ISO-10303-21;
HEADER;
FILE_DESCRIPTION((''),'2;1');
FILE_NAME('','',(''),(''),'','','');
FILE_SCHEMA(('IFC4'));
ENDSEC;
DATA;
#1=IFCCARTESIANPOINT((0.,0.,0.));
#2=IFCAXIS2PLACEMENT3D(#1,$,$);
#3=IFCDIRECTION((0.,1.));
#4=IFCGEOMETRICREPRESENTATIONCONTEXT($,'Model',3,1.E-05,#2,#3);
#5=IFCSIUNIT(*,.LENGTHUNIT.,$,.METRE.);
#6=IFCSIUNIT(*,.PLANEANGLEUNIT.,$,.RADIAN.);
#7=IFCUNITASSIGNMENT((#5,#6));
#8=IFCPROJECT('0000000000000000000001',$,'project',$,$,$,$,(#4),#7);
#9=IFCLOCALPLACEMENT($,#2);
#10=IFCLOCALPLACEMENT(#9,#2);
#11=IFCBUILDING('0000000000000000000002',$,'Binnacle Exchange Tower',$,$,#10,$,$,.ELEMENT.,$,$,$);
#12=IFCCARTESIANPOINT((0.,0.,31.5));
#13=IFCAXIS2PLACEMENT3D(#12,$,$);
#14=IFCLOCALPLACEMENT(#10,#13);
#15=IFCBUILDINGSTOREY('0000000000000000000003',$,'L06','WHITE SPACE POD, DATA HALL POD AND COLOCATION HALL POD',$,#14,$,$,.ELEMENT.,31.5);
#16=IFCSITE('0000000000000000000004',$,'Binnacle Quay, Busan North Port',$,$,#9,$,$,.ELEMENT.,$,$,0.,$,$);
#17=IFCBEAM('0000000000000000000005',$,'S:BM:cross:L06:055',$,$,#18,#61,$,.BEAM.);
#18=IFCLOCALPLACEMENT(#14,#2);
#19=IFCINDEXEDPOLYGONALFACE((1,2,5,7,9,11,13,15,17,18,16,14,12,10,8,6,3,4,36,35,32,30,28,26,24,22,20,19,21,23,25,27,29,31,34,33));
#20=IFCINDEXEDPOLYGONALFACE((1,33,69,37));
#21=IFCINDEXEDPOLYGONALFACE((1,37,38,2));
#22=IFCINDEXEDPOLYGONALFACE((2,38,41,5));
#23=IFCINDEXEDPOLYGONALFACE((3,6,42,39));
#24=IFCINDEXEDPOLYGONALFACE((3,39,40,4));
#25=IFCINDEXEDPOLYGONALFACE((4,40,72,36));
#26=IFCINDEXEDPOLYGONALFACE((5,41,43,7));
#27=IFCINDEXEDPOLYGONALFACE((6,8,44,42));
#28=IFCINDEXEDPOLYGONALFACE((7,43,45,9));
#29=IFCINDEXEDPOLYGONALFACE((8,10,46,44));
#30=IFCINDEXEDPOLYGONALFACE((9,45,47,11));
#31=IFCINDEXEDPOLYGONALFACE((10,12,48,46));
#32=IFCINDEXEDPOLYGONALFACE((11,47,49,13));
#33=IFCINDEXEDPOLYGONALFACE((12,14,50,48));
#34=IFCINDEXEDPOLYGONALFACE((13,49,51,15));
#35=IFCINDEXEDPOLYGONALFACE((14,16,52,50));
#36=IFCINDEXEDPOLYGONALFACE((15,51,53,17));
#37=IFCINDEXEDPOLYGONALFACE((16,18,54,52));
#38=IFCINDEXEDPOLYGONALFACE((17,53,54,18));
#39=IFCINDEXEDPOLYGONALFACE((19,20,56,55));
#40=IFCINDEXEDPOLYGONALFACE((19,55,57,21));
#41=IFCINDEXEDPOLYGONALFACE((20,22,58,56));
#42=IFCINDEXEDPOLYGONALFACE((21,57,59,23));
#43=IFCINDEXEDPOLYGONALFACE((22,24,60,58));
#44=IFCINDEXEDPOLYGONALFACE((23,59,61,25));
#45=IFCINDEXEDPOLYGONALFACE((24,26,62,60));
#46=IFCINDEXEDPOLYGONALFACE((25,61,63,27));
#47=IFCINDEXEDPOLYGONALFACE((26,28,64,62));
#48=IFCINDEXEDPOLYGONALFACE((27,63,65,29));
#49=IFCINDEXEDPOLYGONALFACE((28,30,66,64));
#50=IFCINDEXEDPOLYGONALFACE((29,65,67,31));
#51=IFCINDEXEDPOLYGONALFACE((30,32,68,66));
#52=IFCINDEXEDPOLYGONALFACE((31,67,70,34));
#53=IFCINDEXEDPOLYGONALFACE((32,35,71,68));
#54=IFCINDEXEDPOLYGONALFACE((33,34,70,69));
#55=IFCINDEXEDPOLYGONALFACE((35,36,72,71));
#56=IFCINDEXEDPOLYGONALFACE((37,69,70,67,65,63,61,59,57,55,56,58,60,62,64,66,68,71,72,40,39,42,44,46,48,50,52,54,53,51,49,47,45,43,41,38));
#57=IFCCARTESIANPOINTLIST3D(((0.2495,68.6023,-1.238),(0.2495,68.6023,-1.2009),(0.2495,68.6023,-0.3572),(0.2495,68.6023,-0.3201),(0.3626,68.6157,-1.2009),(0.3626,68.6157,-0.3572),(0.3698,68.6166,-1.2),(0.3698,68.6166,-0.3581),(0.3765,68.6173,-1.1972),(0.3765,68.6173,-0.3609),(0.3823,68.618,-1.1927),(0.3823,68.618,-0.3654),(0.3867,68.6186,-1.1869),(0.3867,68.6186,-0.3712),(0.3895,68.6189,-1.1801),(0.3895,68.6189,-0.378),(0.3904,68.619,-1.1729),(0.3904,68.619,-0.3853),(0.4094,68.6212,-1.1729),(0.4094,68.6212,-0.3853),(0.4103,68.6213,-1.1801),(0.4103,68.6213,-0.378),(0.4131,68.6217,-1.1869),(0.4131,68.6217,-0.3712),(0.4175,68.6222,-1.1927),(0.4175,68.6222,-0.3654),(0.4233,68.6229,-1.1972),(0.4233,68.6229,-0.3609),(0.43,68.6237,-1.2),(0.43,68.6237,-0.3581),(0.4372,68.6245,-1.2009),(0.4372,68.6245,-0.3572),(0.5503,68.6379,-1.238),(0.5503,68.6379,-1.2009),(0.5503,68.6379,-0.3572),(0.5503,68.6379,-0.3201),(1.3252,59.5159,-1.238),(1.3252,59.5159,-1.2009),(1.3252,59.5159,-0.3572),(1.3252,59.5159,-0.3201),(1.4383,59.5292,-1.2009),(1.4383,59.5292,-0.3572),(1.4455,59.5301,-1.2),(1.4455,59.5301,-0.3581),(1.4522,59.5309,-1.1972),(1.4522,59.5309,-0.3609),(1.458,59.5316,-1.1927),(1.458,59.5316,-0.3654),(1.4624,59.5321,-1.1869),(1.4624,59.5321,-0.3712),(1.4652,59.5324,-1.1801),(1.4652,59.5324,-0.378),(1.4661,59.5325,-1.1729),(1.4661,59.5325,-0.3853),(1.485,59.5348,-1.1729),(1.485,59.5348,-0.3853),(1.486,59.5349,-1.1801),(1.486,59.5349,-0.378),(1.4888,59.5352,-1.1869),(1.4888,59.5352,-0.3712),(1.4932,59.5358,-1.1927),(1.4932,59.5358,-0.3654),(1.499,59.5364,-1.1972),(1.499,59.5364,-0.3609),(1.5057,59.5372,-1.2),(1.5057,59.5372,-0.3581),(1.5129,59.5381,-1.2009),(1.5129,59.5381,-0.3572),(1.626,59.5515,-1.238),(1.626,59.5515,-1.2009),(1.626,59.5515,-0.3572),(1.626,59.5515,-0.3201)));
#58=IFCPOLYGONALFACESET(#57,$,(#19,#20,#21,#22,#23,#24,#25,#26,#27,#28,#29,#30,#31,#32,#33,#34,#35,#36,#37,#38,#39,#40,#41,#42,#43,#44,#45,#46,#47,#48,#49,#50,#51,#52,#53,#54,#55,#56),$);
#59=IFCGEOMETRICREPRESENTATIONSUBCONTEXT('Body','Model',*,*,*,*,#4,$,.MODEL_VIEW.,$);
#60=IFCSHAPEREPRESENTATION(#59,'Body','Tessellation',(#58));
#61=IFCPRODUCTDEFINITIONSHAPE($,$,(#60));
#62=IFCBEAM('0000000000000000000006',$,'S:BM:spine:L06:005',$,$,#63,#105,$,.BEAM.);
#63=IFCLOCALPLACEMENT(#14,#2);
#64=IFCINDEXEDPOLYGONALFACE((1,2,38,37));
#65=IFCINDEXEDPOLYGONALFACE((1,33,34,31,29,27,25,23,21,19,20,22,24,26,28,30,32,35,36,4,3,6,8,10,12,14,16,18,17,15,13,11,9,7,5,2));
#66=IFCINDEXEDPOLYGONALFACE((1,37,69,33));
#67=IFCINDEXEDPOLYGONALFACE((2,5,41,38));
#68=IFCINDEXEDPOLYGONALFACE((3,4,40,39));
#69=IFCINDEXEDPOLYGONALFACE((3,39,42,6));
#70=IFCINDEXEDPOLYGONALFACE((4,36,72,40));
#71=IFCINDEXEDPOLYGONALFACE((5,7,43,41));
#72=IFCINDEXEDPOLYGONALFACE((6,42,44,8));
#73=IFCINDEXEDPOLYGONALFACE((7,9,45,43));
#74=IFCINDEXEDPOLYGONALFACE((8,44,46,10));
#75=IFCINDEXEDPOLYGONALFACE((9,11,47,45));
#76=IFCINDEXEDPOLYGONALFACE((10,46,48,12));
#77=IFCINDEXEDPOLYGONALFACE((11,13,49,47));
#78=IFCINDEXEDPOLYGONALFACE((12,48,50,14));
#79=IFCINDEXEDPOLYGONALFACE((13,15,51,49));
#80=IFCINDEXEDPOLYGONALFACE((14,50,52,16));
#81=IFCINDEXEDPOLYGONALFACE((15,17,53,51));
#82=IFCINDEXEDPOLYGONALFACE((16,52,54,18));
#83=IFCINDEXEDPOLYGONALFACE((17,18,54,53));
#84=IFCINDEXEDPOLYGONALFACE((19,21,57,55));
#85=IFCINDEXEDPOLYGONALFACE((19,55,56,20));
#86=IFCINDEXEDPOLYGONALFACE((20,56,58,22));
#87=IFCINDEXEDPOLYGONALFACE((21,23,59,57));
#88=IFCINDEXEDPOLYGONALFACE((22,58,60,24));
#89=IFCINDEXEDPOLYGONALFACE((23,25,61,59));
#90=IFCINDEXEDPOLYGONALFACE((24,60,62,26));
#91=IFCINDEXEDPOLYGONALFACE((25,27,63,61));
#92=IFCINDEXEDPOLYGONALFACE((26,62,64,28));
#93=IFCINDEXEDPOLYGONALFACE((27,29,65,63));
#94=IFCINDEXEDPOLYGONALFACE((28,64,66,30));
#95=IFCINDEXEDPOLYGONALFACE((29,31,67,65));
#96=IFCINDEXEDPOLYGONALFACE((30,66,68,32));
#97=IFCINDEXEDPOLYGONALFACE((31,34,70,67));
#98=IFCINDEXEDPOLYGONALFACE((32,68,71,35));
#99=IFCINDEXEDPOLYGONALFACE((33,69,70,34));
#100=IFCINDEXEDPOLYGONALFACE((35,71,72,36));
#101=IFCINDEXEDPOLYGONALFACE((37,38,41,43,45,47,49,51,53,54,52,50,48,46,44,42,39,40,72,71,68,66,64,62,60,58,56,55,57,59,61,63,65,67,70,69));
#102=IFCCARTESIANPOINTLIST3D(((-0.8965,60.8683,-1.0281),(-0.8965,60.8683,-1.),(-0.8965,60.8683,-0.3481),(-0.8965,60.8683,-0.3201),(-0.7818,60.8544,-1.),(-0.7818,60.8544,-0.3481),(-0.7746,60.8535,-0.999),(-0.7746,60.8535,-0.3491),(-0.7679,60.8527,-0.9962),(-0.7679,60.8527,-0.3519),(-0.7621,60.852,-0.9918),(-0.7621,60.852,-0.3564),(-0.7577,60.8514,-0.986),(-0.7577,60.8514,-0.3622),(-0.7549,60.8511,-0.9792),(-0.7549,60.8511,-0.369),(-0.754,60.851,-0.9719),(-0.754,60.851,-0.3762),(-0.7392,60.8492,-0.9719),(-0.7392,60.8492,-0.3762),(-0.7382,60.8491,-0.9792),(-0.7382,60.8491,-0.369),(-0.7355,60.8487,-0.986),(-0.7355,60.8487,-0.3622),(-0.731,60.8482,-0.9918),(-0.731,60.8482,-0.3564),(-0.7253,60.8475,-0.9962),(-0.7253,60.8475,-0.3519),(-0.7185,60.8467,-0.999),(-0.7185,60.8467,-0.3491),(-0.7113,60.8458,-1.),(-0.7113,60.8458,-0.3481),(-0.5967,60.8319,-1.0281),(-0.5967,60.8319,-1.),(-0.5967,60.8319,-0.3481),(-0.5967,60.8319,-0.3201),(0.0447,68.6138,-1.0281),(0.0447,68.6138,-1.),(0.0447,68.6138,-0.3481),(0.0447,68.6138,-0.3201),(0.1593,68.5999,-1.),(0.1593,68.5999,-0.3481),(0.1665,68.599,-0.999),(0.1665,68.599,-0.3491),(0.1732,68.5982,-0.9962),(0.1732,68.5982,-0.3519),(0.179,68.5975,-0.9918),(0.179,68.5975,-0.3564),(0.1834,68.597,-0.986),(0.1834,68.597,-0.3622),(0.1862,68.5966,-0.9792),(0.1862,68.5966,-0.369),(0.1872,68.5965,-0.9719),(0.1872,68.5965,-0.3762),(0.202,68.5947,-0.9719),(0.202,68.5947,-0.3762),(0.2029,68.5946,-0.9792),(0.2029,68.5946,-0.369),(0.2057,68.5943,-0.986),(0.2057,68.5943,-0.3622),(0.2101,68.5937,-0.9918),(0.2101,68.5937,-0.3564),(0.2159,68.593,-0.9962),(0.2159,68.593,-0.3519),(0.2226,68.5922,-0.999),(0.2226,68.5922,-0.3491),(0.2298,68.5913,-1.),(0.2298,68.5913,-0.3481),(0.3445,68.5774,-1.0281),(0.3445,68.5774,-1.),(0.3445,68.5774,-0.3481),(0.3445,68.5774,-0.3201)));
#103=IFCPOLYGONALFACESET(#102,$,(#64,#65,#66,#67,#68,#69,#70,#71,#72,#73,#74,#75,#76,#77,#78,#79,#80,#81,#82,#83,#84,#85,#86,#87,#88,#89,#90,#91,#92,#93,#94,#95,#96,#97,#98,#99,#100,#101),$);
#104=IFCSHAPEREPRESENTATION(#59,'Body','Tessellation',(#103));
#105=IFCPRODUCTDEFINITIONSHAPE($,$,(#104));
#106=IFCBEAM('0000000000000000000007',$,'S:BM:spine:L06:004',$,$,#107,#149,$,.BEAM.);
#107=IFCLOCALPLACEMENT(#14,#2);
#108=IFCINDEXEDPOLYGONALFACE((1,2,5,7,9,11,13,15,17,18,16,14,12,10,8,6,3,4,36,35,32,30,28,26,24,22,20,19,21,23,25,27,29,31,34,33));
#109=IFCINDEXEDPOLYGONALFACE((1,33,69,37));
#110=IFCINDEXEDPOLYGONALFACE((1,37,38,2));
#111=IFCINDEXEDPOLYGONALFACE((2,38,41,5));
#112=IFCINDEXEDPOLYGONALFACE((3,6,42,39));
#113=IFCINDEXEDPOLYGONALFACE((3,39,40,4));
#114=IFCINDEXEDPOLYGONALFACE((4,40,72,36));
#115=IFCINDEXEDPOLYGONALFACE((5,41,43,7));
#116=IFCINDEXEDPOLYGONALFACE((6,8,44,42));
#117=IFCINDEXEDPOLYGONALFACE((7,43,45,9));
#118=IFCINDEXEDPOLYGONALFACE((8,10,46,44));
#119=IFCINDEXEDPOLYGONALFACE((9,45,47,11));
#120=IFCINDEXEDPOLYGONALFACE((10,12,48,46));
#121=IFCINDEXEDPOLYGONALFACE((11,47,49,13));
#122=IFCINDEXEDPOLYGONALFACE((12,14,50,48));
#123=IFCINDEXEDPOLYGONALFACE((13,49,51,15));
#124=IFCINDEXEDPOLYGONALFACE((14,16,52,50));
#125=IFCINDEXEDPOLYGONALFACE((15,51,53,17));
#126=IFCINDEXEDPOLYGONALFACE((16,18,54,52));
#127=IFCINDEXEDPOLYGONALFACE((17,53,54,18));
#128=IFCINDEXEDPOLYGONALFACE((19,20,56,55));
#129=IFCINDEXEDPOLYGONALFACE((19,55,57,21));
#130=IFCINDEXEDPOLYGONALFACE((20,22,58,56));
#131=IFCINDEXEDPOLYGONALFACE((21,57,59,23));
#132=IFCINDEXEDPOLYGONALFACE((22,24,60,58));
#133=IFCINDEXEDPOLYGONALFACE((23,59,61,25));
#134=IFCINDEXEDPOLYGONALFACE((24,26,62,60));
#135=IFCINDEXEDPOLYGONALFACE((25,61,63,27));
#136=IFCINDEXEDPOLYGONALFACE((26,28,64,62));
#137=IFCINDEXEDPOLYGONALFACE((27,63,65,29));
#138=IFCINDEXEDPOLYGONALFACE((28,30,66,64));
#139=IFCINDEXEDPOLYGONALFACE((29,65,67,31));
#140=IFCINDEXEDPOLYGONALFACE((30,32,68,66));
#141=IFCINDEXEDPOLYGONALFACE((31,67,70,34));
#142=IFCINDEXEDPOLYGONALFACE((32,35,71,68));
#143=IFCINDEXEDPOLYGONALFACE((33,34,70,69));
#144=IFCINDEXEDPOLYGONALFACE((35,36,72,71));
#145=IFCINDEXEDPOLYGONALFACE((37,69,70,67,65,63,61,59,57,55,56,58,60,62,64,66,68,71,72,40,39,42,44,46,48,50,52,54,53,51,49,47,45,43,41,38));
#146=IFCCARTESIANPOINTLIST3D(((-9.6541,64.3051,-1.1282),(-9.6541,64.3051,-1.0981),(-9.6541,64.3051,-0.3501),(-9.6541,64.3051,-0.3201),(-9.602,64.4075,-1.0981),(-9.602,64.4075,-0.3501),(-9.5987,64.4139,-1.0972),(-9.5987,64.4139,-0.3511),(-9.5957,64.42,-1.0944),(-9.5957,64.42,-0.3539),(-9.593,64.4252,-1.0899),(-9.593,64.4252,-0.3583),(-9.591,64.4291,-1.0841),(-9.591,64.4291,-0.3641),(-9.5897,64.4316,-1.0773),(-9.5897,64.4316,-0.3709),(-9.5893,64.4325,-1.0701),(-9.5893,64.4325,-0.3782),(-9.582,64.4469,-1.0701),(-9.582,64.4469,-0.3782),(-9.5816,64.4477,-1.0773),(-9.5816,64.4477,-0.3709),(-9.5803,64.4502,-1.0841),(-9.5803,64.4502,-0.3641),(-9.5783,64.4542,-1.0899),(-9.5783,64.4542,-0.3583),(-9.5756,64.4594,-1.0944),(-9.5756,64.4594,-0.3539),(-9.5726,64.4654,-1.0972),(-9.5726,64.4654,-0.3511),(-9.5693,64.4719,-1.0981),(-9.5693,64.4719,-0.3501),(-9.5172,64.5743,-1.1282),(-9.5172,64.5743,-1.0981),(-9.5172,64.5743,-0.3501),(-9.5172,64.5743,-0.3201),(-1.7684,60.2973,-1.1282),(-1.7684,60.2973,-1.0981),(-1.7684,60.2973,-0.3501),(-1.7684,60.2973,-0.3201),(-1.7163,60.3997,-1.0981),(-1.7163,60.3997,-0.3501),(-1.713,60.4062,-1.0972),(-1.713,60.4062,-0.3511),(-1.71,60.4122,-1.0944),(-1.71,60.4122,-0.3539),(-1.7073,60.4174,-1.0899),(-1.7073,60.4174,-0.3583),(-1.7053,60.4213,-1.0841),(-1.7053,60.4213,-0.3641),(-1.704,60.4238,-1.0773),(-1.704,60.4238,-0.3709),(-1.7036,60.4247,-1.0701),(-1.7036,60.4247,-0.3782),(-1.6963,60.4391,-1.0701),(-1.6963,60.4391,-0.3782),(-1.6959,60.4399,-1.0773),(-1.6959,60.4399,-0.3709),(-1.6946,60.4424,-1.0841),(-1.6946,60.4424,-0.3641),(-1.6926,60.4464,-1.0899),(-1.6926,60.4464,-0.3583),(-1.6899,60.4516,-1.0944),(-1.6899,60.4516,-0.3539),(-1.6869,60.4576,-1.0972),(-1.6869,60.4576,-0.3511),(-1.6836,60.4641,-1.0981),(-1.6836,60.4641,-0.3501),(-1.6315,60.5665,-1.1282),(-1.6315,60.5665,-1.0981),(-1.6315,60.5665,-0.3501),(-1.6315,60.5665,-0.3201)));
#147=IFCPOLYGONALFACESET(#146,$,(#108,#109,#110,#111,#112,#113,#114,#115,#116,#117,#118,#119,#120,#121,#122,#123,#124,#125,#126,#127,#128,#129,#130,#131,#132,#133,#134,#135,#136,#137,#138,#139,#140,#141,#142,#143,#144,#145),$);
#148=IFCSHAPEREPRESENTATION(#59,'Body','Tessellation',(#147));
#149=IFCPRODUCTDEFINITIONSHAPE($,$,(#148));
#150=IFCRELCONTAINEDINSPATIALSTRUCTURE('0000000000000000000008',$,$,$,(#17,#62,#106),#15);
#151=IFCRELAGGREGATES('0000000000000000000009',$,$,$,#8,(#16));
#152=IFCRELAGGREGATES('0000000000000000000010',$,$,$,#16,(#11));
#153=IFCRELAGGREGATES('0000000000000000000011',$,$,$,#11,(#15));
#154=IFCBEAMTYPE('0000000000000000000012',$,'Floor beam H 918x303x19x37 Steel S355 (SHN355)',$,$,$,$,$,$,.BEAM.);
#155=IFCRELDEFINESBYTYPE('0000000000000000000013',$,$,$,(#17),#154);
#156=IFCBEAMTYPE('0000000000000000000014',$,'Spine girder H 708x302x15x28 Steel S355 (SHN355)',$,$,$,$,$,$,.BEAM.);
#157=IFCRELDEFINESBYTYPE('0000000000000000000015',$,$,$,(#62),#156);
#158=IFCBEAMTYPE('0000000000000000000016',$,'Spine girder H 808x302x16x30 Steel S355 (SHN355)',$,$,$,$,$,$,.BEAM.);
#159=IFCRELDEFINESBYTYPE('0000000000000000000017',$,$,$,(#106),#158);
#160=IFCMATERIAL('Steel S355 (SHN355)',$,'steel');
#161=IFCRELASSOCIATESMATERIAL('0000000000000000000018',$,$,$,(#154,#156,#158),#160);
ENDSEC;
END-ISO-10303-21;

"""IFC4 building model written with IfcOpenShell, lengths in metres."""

from ifc_helpers import new_model, si_unit, direction, frame, origin, origin_2d, place, context, subcontext, project, spatial, i_section, extrude, material, material_profile, profile_set, type_object, element, save


model = new_model("IFC4")

# Units and contexts
model_context = context("Model", 3, precision=1e-05, world=origin(), true_north=direction((0.0, 1.0)))
body_context = subcontext(model_context, "Body", "Model", "MODEL_VIEW")
ifc_project = project(units=[si_unit("LENGTHUNIT", "METRE"), si_unit("PLANEANGLEUNIT", "RADIAN")], contexts=[model_context])

# Site, building, storey
site_placement = place(None, origin())
site = spatial("IfcSite", under=ifc_project, at=site_placement, Name="Binnacle Quay, Busan North Port", CompositionType="ELEMENT", RefElevation=0.0)
building_placement = place(site_placement, origin())
building = spatial("IfcBuilding", under=site, at=building_placement, Name="Binnacle Exchange Tower", CompositionType="ELEMENT")
storey_placement = place(building_placement, frame((0.0, 0.0, 31.5)))
storey = spatial("IfcBuildingStorey", under=building, at=storey_placement, Name="L06", Description="WHITE SPACE POD, DATA HALL POD AND COLOCATION HALL POD", CompositionType="ELEMENT", Elevation=31.5)

# Beams
ifc_material_1 = material(Name="Steel S355 (SHN355)", Category="steel")
ifc_material_profile_1 = material_profile(ifc_material_1, i_section(OverallWidth=0.303, OverallDepth=0.918, WebThickness=0.019, FlangeThickness=0.0371, FilletRadius=0.0281, at=origin_2d()), Name="H 918x303x19x37")
ifc_profile_set_1 = profile_set([ifc_material_profile_1], Name="Steel S355 (SHN355)")
beam_type_1 = type_object("IfcBeamType", Name="Floor beam H 918x303x19x37 Steel S355 (SHN355)", PredefinedType="BEAM", material=ifc_profile_set_1)
beam_1_placement = place(storey_placement, frame((0.3999, 68.6201, -0.7791), z_axis=(0.117563, -0.993065, 0.0), x_axis=(0.993065, 0.117563, 0.0)))
element("IfcBeam", 1, at=beam_1_placement, inside=storey, type_object=beam_type_1, Name="S:BM:cross:L06:055", PredefinedType="BEAM", context=body_context, shape_type="SweptSolid", body=[
    extrude(i_section(OverallWidth=0.303, OverallDepth=0.918, WebThickness=0.019, FlangeThickness=0.0371, FilletRadius=0.0281, at=origin_2d()), origin(), (0.0, 0.0, 1.0), 9.1499),
])
ifc_material_profile_2 = material_profile(ifc_material_1, i_section(OverallWidth=0.302, OverallDepth=0.708, WebThickness=0.0149, FlangeThickness=0.0281, FilletRadius=0.0281, at=origin_2d()), Name="H 708x302x15x28")
ifc_profile_set_2 = profile_set([ifc_material_profile_2], Name="Steel S355 (SHN355)")
beam_type_2 = type_object("IfcBeamType", Name="Spine girder H 708x302x15x28 Steel S355 (SHN355)", PredefinedType="BEAM", material=ifc_profile_set_2)
beam_2_placement = place(storey_placement, frame((-0.7466, 60.8501, -0.6741), z_axis=(0.120622, 0.992699, 0.0), x_axis=(-0.992699, 0.120622, 0.0)))
element("IfcBeam", 2, at=beam_2_placement, inside=storey, type_object=beam_type_2, Name="S:BM:spine:L06:005", PredefinedType="BEAM", context=body_context, shape_type="SweptSolid", body=[
    extrude(i_section(OverallWidth=0.302, OverallDepth=0.708, WebThickness=0.0149, FlangeThickness=0.0281, FilletRadius=0.0281, at=origin_2d()), origin(), (0.0, 0.0, 1.0), 7.8025),
])
ifc_material_profile_3 = material_profile(ifc_material_1, i_section(OverallWidth=0.302, OverallDepth=0.8081, WebThickness=0.0161, FlangeThickness=0.03, FilletRadius=0.0281, at=origin_2d()), Name="H 808x302x16x30")
ifc_profile_set_3 = profile_set([ifc_material_profile_3], Name="Steel S355 (SHN355)")
beam_type_3 = type_object("IfcBeamType", Name="Spine girder H 808x302x16x30 Steel S355 (SHN355)", PredefinedType="BEAM", material=ifc_profile_set_3)
beam_3_placement = place(storey_placement, frame((-1.7, 60.4319, -0.7241), z_axis=(-0.891471, 0.453077, 0.0), x_axis=(-0.453077, -0.891471, 0.0)))
element("IfcBeam", 3, at=beam_3_placement, inside=storey, type_object=beam_type_3, Name="S:BM:spine:L06:004", PredefinedType="BEAM", context=body_context, shape_type="SweptSolid", body=[
    extrude(i_section(OverallWidth=0.302, OverallDepth=0.8081, WebThickness=0.0161, FlangeThickness=0.03, FilletRadius=0.0281, at=origin_2d()), origin(), (0.0, 0.0, 1.0), 8.8457),
])

save(model, "model.ifc")
